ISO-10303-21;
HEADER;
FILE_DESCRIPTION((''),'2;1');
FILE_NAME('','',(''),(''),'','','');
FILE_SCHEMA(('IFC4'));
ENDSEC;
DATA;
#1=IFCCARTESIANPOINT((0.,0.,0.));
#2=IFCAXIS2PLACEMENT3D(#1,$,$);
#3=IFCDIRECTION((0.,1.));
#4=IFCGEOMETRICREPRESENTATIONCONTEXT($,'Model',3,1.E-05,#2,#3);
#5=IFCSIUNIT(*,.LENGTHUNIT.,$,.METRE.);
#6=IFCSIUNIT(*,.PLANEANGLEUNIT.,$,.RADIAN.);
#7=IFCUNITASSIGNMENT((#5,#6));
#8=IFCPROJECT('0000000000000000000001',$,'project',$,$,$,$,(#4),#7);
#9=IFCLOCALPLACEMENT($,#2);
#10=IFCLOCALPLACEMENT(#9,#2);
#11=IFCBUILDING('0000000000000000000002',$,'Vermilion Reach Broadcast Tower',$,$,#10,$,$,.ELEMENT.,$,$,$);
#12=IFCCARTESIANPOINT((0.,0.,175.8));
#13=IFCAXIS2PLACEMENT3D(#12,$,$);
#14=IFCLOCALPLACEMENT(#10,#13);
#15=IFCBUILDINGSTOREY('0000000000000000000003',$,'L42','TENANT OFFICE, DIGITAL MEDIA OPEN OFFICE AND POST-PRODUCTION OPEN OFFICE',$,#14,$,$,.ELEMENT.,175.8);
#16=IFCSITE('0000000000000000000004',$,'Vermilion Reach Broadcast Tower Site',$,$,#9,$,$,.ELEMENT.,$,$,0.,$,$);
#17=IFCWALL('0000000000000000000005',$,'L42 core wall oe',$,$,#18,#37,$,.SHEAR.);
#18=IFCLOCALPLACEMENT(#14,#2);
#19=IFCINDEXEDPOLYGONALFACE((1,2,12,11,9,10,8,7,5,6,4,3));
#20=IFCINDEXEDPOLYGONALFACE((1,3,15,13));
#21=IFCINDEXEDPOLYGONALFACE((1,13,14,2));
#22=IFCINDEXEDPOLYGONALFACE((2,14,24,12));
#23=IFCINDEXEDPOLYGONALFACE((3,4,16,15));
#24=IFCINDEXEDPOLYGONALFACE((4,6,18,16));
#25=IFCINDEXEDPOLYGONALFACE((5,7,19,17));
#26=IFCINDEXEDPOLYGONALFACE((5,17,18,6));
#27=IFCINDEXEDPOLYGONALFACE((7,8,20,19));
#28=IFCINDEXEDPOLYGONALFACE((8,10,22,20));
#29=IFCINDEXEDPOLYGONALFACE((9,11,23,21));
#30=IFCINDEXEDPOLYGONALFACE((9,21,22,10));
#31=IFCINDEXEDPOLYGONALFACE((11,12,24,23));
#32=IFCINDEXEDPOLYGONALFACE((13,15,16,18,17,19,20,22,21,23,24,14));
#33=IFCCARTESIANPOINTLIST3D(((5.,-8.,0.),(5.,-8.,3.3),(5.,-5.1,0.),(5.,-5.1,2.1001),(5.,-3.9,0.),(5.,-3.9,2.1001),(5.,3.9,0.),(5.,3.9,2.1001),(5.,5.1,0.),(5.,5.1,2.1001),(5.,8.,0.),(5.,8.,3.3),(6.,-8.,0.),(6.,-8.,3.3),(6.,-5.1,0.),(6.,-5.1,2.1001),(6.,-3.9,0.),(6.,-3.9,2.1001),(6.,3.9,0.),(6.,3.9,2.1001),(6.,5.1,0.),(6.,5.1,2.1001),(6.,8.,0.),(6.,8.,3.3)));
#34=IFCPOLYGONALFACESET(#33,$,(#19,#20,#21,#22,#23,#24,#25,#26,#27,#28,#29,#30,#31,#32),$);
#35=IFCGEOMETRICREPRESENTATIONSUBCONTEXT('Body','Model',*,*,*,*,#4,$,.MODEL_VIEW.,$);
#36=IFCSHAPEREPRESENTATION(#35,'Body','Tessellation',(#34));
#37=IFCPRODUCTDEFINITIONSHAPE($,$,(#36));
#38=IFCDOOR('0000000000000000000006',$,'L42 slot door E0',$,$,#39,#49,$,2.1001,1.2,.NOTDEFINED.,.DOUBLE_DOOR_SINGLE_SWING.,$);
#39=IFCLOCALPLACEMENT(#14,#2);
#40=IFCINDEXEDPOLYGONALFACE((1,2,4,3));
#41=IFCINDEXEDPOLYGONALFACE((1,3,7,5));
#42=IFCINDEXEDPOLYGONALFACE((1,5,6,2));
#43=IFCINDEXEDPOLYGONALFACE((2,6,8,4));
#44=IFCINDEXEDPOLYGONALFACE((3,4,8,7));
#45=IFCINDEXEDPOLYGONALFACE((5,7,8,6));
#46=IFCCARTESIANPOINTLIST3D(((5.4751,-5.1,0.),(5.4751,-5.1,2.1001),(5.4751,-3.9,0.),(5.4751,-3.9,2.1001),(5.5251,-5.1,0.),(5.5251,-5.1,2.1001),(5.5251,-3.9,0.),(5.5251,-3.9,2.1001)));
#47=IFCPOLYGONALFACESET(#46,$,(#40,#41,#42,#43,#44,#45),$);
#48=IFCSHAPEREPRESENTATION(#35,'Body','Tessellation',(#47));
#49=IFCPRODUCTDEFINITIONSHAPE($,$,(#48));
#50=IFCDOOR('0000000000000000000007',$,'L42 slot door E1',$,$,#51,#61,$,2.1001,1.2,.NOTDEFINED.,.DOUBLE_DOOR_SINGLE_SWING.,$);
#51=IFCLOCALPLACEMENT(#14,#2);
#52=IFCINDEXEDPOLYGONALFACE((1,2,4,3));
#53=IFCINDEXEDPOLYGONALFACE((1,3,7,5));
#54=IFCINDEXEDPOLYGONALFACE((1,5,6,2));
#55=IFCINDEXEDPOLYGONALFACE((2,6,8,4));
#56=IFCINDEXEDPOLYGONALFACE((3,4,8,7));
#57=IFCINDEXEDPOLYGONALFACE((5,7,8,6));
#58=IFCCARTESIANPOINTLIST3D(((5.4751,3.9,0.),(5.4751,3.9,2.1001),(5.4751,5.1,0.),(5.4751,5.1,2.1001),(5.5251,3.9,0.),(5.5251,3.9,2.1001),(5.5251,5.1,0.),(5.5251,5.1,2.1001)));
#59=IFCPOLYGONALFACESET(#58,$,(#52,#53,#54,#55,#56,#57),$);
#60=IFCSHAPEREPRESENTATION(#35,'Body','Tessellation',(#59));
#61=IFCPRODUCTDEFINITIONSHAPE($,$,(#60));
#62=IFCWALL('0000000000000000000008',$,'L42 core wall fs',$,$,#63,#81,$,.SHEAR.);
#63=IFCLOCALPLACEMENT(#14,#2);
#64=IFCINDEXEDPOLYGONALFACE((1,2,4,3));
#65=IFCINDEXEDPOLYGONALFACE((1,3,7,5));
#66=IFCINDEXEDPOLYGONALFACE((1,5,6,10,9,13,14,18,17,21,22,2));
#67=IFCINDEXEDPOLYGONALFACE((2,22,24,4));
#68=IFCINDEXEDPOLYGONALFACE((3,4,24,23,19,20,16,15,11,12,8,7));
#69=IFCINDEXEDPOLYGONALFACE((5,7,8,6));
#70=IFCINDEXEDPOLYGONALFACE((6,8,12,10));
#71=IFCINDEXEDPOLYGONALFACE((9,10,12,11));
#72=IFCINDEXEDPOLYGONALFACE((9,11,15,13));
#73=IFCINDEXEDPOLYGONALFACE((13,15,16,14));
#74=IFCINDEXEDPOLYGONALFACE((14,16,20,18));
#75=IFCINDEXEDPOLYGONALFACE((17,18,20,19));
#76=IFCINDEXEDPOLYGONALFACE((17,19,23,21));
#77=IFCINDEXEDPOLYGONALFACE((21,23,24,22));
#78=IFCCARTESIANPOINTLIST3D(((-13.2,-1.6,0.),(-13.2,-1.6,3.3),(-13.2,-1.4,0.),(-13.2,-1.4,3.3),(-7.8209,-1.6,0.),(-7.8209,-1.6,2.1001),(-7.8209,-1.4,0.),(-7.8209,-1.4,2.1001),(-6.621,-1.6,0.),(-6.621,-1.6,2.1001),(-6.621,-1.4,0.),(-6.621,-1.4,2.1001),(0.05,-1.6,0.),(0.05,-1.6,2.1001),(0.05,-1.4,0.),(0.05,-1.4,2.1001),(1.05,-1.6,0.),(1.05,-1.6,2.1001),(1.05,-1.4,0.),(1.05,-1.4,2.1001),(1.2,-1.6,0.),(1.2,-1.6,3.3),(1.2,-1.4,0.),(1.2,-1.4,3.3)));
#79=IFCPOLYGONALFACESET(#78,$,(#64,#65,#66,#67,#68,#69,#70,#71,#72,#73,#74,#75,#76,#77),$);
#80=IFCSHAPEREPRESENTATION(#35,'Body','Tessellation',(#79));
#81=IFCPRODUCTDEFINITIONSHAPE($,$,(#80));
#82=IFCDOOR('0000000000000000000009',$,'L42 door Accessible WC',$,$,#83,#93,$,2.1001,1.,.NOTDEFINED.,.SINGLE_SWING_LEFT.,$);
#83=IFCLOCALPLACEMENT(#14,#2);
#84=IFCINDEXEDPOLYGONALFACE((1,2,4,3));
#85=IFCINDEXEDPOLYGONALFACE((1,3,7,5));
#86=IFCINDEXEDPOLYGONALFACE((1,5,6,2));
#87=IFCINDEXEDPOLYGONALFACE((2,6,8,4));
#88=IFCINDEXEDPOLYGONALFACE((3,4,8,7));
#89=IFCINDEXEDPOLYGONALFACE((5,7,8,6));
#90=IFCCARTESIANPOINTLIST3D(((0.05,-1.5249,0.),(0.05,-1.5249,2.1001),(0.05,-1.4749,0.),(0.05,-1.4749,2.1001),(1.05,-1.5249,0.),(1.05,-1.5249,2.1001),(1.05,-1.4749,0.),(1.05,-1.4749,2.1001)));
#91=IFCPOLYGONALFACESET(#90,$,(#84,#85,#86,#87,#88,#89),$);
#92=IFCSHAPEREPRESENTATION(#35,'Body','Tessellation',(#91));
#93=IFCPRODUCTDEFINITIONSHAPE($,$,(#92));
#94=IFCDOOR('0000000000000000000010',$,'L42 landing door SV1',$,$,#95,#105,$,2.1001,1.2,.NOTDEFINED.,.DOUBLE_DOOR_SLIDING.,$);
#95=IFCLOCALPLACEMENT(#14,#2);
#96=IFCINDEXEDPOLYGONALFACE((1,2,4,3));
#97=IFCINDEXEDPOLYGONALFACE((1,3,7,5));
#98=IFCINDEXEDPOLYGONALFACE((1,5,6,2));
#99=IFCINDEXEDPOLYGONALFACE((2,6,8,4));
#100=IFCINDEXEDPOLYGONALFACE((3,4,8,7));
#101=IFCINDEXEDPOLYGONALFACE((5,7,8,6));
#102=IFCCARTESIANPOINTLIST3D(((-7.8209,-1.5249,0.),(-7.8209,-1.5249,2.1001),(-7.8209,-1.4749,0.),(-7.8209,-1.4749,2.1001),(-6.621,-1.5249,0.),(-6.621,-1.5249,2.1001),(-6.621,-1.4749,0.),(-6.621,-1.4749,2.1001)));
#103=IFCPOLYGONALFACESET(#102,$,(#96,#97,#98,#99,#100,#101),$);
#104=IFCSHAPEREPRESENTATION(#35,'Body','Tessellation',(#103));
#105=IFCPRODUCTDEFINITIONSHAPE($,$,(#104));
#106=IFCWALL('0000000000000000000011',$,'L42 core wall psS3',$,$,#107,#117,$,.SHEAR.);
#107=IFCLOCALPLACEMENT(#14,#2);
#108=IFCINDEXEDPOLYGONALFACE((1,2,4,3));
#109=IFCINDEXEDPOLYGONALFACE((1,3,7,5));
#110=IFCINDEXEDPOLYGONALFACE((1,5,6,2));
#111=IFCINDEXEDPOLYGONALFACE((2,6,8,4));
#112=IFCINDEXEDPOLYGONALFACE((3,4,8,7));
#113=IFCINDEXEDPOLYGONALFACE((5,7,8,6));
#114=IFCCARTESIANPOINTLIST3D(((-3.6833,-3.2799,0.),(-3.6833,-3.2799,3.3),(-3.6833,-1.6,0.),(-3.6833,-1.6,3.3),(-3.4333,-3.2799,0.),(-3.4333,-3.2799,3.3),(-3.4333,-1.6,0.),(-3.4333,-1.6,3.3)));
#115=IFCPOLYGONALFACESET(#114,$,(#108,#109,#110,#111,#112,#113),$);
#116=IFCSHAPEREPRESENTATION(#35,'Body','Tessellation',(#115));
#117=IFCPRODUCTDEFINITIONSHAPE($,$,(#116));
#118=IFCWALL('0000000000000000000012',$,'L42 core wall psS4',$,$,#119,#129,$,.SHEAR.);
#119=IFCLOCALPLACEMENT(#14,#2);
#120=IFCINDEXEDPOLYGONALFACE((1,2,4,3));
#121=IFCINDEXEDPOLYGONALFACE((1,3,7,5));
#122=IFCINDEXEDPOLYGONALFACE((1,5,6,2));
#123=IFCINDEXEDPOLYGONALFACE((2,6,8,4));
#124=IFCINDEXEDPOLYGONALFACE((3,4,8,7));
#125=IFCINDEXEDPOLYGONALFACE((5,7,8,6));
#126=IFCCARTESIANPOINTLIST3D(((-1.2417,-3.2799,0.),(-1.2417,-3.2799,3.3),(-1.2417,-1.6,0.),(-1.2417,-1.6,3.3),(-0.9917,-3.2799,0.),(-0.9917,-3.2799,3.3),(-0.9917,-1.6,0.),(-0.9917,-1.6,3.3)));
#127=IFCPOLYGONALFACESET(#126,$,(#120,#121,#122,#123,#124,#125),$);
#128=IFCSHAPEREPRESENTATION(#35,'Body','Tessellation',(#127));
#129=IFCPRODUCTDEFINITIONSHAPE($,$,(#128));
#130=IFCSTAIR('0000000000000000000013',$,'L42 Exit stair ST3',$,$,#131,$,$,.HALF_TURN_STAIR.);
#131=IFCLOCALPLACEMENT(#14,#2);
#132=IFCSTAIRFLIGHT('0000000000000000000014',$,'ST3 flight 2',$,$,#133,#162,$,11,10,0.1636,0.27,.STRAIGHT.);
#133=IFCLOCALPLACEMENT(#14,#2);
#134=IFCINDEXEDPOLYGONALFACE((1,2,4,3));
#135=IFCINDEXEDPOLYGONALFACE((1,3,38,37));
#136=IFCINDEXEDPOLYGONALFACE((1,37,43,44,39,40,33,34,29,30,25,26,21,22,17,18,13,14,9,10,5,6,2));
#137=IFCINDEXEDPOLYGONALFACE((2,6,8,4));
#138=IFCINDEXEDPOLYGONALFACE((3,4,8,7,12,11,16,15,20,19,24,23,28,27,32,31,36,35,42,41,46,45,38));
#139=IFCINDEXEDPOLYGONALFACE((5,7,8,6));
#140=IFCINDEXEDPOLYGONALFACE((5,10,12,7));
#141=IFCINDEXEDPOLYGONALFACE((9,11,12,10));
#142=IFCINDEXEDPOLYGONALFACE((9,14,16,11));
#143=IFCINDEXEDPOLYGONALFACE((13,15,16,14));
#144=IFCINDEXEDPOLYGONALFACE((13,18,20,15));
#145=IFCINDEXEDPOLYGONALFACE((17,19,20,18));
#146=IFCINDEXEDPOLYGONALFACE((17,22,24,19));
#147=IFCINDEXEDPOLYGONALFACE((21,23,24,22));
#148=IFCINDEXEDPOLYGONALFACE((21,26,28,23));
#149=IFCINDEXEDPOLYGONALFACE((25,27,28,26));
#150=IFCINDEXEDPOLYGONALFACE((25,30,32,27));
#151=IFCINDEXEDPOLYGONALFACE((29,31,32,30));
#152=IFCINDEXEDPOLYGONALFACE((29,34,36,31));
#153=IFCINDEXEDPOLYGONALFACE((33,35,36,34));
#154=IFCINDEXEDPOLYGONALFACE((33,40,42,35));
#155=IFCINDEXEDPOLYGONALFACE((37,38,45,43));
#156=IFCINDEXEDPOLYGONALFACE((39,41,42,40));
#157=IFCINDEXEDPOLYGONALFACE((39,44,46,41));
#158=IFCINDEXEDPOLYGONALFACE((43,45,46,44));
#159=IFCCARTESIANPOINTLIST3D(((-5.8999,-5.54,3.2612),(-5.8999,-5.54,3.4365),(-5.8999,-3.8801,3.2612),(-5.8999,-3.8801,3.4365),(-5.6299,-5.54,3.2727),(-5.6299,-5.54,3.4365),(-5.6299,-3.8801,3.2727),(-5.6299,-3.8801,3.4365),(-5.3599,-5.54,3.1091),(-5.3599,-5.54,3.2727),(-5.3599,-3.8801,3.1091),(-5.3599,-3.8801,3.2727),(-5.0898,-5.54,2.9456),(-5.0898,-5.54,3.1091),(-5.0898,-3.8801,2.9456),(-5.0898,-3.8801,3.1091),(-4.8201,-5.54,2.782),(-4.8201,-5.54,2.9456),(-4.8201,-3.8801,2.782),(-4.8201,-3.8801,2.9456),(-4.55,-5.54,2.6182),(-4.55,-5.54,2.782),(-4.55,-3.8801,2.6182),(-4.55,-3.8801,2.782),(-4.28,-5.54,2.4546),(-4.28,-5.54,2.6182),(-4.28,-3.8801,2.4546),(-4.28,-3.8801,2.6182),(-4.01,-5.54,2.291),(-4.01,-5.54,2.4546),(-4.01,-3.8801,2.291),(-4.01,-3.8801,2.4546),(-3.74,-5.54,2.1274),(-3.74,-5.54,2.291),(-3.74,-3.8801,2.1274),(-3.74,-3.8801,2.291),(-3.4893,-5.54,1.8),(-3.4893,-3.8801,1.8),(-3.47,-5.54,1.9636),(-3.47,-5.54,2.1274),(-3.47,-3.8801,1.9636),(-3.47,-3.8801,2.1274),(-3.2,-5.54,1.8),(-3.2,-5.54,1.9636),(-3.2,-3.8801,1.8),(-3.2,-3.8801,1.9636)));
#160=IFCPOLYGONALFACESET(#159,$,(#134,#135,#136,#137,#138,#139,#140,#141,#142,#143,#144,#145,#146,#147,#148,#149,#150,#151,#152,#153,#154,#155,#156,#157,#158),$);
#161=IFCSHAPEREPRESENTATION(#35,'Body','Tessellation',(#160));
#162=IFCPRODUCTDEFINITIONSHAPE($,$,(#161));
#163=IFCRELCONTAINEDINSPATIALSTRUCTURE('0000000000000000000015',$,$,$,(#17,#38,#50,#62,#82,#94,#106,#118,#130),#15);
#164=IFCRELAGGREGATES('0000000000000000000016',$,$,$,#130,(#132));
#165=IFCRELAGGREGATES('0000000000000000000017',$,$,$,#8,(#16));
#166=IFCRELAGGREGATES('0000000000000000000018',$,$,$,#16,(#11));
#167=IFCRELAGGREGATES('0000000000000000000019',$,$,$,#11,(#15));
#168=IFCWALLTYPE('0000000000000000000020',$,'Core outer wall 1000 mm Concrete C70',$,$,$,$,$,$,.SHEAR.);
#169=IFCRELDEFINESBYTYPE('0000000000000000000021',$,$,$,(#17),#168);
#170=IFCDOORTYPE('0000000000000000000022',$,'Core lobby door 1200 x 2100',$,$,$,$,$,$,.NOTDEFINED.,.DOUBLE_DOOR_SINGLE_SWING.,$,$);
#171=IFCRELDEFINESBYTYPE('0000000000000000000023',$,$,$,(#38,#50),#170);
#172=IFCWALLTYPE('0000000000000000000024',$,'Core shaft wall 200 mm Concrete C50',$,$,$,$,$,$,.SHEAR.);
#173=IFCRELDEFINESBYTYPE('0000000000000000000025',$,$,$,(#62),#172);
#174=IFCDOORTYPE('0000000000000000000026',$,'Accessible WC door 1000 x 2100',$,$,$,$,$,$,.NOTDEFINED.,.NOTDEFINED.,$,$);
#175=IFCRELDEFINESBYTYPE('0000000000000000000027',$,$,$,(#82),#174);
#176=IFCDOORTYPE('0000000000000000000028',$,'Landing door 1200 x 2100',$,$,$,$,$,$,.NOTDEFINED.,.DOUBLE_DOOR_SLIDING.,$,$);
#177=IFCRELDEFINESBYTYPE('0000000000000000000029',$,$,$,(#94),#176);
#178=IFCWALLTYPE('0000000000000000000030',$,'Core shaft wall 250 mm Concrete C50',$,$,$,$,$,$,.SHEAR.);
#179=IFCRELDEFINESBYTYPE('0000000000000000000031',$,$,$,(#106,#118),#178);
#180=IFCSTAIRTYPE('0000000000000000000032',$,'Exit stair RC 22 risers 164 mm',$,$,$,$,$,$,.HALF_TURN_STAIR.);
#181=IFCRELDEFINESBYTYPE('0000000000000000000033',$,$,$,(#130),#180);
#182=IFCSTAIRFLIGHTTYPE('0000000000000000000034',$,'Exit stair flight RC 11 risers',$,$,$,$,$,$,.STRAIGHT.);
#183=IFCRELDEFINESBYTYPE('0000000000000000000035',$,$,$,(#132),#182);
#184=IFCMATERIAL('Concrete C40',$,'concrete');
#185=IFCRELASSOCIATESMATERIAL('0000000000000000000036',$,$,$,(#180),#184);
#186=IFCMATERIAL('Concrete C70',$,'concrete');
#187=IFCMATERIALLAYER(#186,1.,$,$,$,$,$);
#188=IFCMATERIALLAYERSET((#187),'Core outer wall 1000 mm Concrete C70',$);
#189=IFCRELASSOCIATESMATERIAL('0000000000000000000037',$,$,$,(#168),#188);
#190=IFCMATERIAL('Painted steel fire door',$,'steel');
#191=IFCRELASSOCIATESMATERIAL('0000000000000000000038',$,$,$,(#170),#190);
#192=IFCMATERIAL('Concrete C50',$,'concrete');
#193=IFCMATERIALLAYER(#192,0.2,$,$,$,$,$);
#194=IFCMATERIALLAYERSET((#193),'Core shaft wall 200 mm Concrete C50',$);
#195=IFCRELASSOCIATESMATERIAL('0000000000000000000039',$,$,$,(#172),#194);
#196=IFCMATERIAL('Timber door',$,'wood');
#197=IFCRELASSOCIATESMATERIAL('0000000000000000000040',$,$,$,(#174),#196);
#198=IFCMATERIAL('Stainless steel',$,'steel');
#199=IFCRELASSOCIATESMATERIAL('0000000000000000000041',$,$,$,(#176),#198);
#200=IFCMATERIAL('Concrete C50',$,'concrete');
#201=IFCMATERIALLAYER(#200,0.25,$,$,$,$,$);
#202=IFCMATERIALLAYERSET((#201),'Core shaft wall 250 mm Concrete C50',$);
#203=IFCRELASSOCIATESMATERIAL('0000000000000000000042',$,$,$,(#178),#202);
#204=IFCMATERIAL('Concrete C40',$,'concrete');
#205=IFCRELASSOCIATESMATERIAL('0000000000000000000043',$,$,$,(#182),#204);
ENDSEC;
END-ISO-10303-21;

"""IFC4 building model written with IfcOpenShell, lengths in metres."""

from ifc_helpers import new_model, si_unit, direction, frame, frame_2d, origin, place, context, subcontext, project, spatial, polyline, rectangle, outline, extrude, material, layer, layer_set, type_object, element, fill, aggregate, save


model = new_model("IFC4")

# Units and contexts
model_context = context("Model", 3, precision=1e-05, world=origin(), true_north=direction((0.0, 1.0)))
body_context = subcontext(model_context, "Body", "Model", "MODEL_VIEW")
ifc_project = project(units=[si_unit("LENGTHUNIT", "METRE"), si_unit("PLANEANGLEUNIT", "RADIAN")], contexts=[model_context])

# Site, building, storey
site_placement = place(None, origin())
site = spatial("IfcSite", under=ifc_project, at=site_placement, Name="Vermilion Reach Broadcast Tower Site", CompositionType="ELEMENT", RefElevation=0.0)
building_placement = place(site_placement, origin())
building = spatial("IfcBuilding", under=site, at=building_placement, Name="Vermilion Reach Broadcast Tower", CompositionType="ELEMENT")
storey_placement = place(building_placement, frame((0.0, 0.0, 175.8)))
storey = spatial("IfcBuildingStorey", under=building, at=storey_placement, Name="L42", Description="TENANT OFFICE, DIGITAL MEDIA OPEN OFFICE AND POST-PRODUCTION OPEN OFFICE", CompositionType="ELEMENT", Elevation=175.8)

# Shared definitions
ifc_material_1 = material(Name="Concrete C40", Category="concrete")
stair_type = type_object("IfcStairType", Name="Exit stair RC 22 risers 164 mm", PredefinedType="HALF_TURN_STAIR", material=ifc_material_1)
placement_1 = place(storey_placement, origin())

# Walls, openings, doors
ifc_material_2 = material(Name="Concrete C70", Category="concrete")
ifc_layer_1 = layer(ifc_material_2, 1.0)
ifc_layer_set_1 = layer_set([ifc_layer_1], Name="Core outer wall 1000 mm Concrete C70")
wall_type_1 = type_object("IfcWallType", Name="Core outer wall 1000 mm Concrete C70", PredefinedType="SHEAR", material=ifc_layer_set_1)
wall_1_placement = place(storey_placement, frame((5.5, -8.0, 0.0), z_axis=(0.0, 0.0, 1.0), x_axis=(0.0, 1.0, 0.0)))
wall_1 = element("IfcWall", 1, at=wall_1_placement, inside=storey, type_object=wall_type_1, Name="L42 core wall oe", PredefinedType="SHEAR", context=body_context, shape_type="SweptSolid", body=[
    extrude(rectangle(XDim=16.0, YDim=1.0, at=frame_2d((8.0, 0.0))), origin(), (0.0, 0.0, 1.0), 3.3),
])
opening_1_placement = place(wall_1_placement, frame((2.8999, 0.0, 0.0)))
opening_1 = element("IfcOpeningElement", 2, at=opening_1_placement, cuts=wall_1, PredefinedType="OPENING", context=body_context, shape_type="SweptSolid", body=[
    extrude(rectangle(XDim=1.2, YDim=2.1001, at=frame_2d((0.6001, 1.05))), frame((0.0, 0.51, 0.0), z_axis=(0.0, -1.0, 0.0), x_axis=(1.0, 0.0, 0.0)), (0.0, 0.0, 1.0), 1.02),
])
opening_2_placement = place(wall_1_placement, frame((11.8999, 0.0, 0.0)))
opening_2 = element("IfcOpeningElement", 3, at=opening_2_placement, cuts=wall_1, PredefinedType="OPENING", context=body_context, shape_type="SweptSolid", body=[
    extrude(rectangle(XDim=1.2, YDim=2.1001, at=frame_2d((0.6001, 1.05))), frame((0.0, 0.51, 0.0), z_axis=(0.0, -1.0, 0.0), x_axis=(1.0, 0.0, 0.0)), (0.0, 0.0, 1.0), 1.02),
])
ifc_material_3 = material(Name="Painted steel fire door", Category="steel")
door_type_1 = type_object("IfcDoorType", Name="Core lobby door 1200 x 2100", OperationType="DOUBLE_DOOR_SINGLE_SWING", PredefinedType="NOTDEFINED", material=ifc_material_3)
door_1_placement = place(opening_1_placement, origin())
door_1 = element("IfcDoor", 4, at=door_1_placement, inside=storey, type_object=door_type_1, Name="L42 slot door E0", OperationType="DOUBLE_DOOR_SINGLE_SWING", OverallHeight=2.1001, OverallWidth=1.2, PredefinedType="NOTDEFINED", context=body_context, shape_type="SweptSolid", body=[
    extrude(rectangle(XDim=1.2, YDim=2.1001, at=frame_2d((0.6001, 1.05))), frame((0.0, 0.0249, 0.0), z_axis=(0.0, -1.0, 0.0), x_axis=(1.0, 0.0, 0.0)), (0.0, 0.0, 1.0), 0.05),
])
fill(opening_1, door_1)
door_2_placement = place(opening_2_placement, origin())
door_2 = element("IfcDoor", 5, at=door_2_placement, inside=storey, type_object=door_type_1, Name="L42 slot door E1", OperationType="DOUBLE_DOOR_SINGLE_SWING", OverallHeight=2.1001, OverallWidth=1.2, PredefinedType="NOTDEFINED", context=body_context, shape_type="SweptSolid", body=[
    extrude(rectangle(XDim=1.2, YDim=2.1001, at=frame_2d((0.6001, 1.05))), frame((0.0, 0.0249, 0.0), z_axis=(0.0, -1.0, 0.0), x_axis=(1.0, 0.0, 0.0)), (0.0, 0.0, 1.0), 0.05),
])
fill(opening_2, door_2)
ifc_material_4 = material(Name="Concrete C50", Category="concrete")
ifc_layer_2 = layer(ifc_material_4, 0.2)
ifc_layer_set_2 = layer_set([ifc_layer_2], Name="Core shaft wall 200 mm Concrete C50")
wall_type_2 = type_object("IfcWallType", Name="Core shaft wall 200 mm Concrete C50", PredefinedType="SHEAR", material=ifc_layer_set_2)
wall_2_placement = place(storey_placement, frame((1.2, -1.5, 0.0), z_axis=(0.0, 0.0, 1.0), x_axis=(-1.0, 0.0, 0.0)))
wall_2 = element("IfcWall", 6, at=wall_2_placement, inside=storey, type_object=wall_type_2, Name="L42 core wall fs", PredefinedType="SHEAR", context=body_context, shape_type="SweptSolid", body=[
    extrude(rectangle(XDim=14.3999, YDim=0.2, at=frame_2d((7.2, 0.0))), origin(), (0.0, 0.0, 1.0), 3.3),
])
opening_3_placement = place(wall_2_placement, frame((7.8208, 0.0, 0.0)))
opening_3 = element("IfcOpeningElement", 7, at=opening_3_placement, cuts=wall_2, PredefinedType="OPENING", context=body_context, shape_type="SweptSolid", body=[
    extrude(rectangle(XDim=1.2, YDim=2.1001, at=frame_2d((0.6001, 1.05))), frame((0.0, 0.1099, 0.0), z_axis=(0.0, -1.0, 0.0), x_axis=(1.0, 0.0, 0.0)), (0.0, 0.0, 1.0), 0.22),
])
opening_4_placement = place(wall_2_placement, frame((0.1499, 0.0, 0.0)))
opening_4 = element("IfcOpeningElement", 8, at=opening_4_placement, cuts=wall_2, PredefinedType="OPENING", context=body_context, shape_type="SweptSolid", body=[
    extrude(rectangle(XDim=1.0, YDim=2.1001, at=frame_2d((0.5, 1.05))), frame((0.0, 0.1099, 0.0), z_axis=(0.0, -1.0, 0.0), x_axis=(1.0, 0.0, 0.0)), (0.0, 0.0, 1.0), 0.22),
])
ifc_material_5 = material(Name="Timber door", Category="wood")
door_type_2 = type_object("IfcDoorType", Name="Accessible WC door 1000 x 2100", OperationType="NOTDEFINED", PredefinedType="NOTDEFINED", material=ifc_material_5)
door_3_placement = place(opening_4_placement, origin())
door_3 = element("IfcDoor", 9, at=door_3_placement, inside=storey, type_object=door_type_2, Name="L42 door Accessible WC", OperationType="SINGLE_SWING_LEFT", OverallHeight=2.1001, OverallWidth=1.0, PredefinedType="NOTDEFINED", context=body_context, shape_type="SweptSolid", body=[
    extrude(rectangle(XDim=1.0, YDim=2.1001, at=frame_2d((0.5, 1.05))), frame((0.0, 0.0249, 0.0), z_axis=(0.0, -1.0, 0.0), x_axis=(1.0, 0.0, 0.0)), (0.0, 0.0, 1.0), 0.05),
])
fill(opening_4, door_3)
ifc_material_6 = material(Name="Stainless steel", Category="steel")
door_type_3 = type_object("IfcDoorType", Name="Landing door 1200 x 2100", OperationType="DOUBLE_DOOR_SLIDING", PredefinedType="NOTDEFINED", material=ifc_material_6)
door_4_placement = place(opening_3_placement, origin())
door_4 = element("IfcDoor", 10, at=door_4_placement, inside=storey, type_object=door_type_3, Name="L42 landing door SV1", OperationType="DOUBLE_DOOR_SLIDING", OverallHeight=2.1001, OverallWidth=1.2, PredefinedType="NOTDEFINED", context=body_context, shape_type="SweptSolid", body=[
    extrude(rectangle(XDim=1.2, YDim=2.1001, at=frame_2d((0.6001, 1.05))), frame((0.0, 0.0249, 0.0), z_axis=(0.0, -1.0, 0.0), x_axis=(1.0, 0.0, 0.0)), (0.0, 0.0, 1.0), 0.05),
])
fill(opening_3, door_4)

# Walls
ifc_material_7 = material(Name="Concrete C50", Category="concrete")
ifc_layer_3 = layer(ifc_material_7, 0.25)
ifc_layer_set_3 = layer_set([ifc_layer_3], Name="Core shaft wall 250 mm Concrete C50")
wall_type_3 = type_object("IfcWallType", Name="Core shaft wall 250 mm Concrete C50", PredefinedType="SHEAR", material=ifc_layer_set_3)
for number, where, z_axis, x_axis, name in (
    (11, (-3.5583, -1.6001, 0.0), (0.0, 0.0, 1.0), (0.0, -1.0, 0.0), "L42 core wall psS3"),
    (12, (-1.1167, -1.6001, 0.0), (0.0, 0.0, 1.0), (0.0, -1.0, 0.0), "L42 core wall psS4"),
):
    element("IfcWall", number, at=place(storey_placement, frame(where, z_axis=z_axis, x_axis=x_axis)), inside=storey, type_object=wall_type_3, Name=name, PredefinedType="SHEAR", context=body_context, shape_type="SweptSolid", body=[
        extrude(rectangle(XDim=1.6799, YDim=0.25, at=frame_2d((0.8398, 0.0))), origin(), (0.0, 0.0, 1.0), 3.3),
    ])

# Stair, stair flight
stair_1 = element("IfcStair", 13, at=placement_1, inside=storey, type_object=stair_type, Name="L42 Exit stair ST3", PredefinedType="HALF_TURN_STAIR")
ifc_material_8 = material(Name="Concrete C40", Category="concrete")
stair_flight_type = type_object("IfcStairFlightType", Name="Exit stair flight RC 11 risers", PredefinedType="STRAIGHT", material=ifc_material_8)
stair_flight_placement = place(storey_placement, frame((-3.2, -4.71, 1.8), z_axis=(0.0, 0.0, 1.0), x_axis=(-1.0, 0.0, 0.0)))
stair_flight = element("IfcStairFlight", 14, at=stair_flight_placement, type_object=stair_flight_type, Name="ST3 flight 2", NumberOfRisers=11, NumberOfTreads=10, PredefinedType="STRAIGHT", RiserHeight=0.1636, TreadLength=0.27, context=body_context, shape_type="SweptSolid", body=[
    extrude(outline(polyline([(0.0, 0.0), (0.0, 0.1636), (0.27, 0.1636), (0.27, 0.3274), (0.54, 0.3274), (0.54, 0.491), (0.8101, 0.491), (0.8101, 0.6545), (1.0801, 0.6545), (1.0801, 0.8181), (1.3501, 0.8181), (1.3501, 0.9819), (1.6201, 0.9819), (1.6201, 1.1455), (1.8899, 1.1455), (1.8899, 1.3091), (2.1599, 1.3091), (2.1599, 1.4727), (2.4299, 1.4727), (2.4299, 1.6365), (2.7, 1.6365), (2.7, 1.8), (2.7, 1.4612), (0.2893, 0.0), (0.0, 0.0)])), frame((0.0, 0.8301, 0.0), z_axis=(0.0, -1.0, 0.0), x_axis=(1.0, 0.0, 0.0)), (0.0, 0.0, 1.0), 1.6599),
])
aggregate(stair_1, [stair_flight])

save(model, "model.ifc")
